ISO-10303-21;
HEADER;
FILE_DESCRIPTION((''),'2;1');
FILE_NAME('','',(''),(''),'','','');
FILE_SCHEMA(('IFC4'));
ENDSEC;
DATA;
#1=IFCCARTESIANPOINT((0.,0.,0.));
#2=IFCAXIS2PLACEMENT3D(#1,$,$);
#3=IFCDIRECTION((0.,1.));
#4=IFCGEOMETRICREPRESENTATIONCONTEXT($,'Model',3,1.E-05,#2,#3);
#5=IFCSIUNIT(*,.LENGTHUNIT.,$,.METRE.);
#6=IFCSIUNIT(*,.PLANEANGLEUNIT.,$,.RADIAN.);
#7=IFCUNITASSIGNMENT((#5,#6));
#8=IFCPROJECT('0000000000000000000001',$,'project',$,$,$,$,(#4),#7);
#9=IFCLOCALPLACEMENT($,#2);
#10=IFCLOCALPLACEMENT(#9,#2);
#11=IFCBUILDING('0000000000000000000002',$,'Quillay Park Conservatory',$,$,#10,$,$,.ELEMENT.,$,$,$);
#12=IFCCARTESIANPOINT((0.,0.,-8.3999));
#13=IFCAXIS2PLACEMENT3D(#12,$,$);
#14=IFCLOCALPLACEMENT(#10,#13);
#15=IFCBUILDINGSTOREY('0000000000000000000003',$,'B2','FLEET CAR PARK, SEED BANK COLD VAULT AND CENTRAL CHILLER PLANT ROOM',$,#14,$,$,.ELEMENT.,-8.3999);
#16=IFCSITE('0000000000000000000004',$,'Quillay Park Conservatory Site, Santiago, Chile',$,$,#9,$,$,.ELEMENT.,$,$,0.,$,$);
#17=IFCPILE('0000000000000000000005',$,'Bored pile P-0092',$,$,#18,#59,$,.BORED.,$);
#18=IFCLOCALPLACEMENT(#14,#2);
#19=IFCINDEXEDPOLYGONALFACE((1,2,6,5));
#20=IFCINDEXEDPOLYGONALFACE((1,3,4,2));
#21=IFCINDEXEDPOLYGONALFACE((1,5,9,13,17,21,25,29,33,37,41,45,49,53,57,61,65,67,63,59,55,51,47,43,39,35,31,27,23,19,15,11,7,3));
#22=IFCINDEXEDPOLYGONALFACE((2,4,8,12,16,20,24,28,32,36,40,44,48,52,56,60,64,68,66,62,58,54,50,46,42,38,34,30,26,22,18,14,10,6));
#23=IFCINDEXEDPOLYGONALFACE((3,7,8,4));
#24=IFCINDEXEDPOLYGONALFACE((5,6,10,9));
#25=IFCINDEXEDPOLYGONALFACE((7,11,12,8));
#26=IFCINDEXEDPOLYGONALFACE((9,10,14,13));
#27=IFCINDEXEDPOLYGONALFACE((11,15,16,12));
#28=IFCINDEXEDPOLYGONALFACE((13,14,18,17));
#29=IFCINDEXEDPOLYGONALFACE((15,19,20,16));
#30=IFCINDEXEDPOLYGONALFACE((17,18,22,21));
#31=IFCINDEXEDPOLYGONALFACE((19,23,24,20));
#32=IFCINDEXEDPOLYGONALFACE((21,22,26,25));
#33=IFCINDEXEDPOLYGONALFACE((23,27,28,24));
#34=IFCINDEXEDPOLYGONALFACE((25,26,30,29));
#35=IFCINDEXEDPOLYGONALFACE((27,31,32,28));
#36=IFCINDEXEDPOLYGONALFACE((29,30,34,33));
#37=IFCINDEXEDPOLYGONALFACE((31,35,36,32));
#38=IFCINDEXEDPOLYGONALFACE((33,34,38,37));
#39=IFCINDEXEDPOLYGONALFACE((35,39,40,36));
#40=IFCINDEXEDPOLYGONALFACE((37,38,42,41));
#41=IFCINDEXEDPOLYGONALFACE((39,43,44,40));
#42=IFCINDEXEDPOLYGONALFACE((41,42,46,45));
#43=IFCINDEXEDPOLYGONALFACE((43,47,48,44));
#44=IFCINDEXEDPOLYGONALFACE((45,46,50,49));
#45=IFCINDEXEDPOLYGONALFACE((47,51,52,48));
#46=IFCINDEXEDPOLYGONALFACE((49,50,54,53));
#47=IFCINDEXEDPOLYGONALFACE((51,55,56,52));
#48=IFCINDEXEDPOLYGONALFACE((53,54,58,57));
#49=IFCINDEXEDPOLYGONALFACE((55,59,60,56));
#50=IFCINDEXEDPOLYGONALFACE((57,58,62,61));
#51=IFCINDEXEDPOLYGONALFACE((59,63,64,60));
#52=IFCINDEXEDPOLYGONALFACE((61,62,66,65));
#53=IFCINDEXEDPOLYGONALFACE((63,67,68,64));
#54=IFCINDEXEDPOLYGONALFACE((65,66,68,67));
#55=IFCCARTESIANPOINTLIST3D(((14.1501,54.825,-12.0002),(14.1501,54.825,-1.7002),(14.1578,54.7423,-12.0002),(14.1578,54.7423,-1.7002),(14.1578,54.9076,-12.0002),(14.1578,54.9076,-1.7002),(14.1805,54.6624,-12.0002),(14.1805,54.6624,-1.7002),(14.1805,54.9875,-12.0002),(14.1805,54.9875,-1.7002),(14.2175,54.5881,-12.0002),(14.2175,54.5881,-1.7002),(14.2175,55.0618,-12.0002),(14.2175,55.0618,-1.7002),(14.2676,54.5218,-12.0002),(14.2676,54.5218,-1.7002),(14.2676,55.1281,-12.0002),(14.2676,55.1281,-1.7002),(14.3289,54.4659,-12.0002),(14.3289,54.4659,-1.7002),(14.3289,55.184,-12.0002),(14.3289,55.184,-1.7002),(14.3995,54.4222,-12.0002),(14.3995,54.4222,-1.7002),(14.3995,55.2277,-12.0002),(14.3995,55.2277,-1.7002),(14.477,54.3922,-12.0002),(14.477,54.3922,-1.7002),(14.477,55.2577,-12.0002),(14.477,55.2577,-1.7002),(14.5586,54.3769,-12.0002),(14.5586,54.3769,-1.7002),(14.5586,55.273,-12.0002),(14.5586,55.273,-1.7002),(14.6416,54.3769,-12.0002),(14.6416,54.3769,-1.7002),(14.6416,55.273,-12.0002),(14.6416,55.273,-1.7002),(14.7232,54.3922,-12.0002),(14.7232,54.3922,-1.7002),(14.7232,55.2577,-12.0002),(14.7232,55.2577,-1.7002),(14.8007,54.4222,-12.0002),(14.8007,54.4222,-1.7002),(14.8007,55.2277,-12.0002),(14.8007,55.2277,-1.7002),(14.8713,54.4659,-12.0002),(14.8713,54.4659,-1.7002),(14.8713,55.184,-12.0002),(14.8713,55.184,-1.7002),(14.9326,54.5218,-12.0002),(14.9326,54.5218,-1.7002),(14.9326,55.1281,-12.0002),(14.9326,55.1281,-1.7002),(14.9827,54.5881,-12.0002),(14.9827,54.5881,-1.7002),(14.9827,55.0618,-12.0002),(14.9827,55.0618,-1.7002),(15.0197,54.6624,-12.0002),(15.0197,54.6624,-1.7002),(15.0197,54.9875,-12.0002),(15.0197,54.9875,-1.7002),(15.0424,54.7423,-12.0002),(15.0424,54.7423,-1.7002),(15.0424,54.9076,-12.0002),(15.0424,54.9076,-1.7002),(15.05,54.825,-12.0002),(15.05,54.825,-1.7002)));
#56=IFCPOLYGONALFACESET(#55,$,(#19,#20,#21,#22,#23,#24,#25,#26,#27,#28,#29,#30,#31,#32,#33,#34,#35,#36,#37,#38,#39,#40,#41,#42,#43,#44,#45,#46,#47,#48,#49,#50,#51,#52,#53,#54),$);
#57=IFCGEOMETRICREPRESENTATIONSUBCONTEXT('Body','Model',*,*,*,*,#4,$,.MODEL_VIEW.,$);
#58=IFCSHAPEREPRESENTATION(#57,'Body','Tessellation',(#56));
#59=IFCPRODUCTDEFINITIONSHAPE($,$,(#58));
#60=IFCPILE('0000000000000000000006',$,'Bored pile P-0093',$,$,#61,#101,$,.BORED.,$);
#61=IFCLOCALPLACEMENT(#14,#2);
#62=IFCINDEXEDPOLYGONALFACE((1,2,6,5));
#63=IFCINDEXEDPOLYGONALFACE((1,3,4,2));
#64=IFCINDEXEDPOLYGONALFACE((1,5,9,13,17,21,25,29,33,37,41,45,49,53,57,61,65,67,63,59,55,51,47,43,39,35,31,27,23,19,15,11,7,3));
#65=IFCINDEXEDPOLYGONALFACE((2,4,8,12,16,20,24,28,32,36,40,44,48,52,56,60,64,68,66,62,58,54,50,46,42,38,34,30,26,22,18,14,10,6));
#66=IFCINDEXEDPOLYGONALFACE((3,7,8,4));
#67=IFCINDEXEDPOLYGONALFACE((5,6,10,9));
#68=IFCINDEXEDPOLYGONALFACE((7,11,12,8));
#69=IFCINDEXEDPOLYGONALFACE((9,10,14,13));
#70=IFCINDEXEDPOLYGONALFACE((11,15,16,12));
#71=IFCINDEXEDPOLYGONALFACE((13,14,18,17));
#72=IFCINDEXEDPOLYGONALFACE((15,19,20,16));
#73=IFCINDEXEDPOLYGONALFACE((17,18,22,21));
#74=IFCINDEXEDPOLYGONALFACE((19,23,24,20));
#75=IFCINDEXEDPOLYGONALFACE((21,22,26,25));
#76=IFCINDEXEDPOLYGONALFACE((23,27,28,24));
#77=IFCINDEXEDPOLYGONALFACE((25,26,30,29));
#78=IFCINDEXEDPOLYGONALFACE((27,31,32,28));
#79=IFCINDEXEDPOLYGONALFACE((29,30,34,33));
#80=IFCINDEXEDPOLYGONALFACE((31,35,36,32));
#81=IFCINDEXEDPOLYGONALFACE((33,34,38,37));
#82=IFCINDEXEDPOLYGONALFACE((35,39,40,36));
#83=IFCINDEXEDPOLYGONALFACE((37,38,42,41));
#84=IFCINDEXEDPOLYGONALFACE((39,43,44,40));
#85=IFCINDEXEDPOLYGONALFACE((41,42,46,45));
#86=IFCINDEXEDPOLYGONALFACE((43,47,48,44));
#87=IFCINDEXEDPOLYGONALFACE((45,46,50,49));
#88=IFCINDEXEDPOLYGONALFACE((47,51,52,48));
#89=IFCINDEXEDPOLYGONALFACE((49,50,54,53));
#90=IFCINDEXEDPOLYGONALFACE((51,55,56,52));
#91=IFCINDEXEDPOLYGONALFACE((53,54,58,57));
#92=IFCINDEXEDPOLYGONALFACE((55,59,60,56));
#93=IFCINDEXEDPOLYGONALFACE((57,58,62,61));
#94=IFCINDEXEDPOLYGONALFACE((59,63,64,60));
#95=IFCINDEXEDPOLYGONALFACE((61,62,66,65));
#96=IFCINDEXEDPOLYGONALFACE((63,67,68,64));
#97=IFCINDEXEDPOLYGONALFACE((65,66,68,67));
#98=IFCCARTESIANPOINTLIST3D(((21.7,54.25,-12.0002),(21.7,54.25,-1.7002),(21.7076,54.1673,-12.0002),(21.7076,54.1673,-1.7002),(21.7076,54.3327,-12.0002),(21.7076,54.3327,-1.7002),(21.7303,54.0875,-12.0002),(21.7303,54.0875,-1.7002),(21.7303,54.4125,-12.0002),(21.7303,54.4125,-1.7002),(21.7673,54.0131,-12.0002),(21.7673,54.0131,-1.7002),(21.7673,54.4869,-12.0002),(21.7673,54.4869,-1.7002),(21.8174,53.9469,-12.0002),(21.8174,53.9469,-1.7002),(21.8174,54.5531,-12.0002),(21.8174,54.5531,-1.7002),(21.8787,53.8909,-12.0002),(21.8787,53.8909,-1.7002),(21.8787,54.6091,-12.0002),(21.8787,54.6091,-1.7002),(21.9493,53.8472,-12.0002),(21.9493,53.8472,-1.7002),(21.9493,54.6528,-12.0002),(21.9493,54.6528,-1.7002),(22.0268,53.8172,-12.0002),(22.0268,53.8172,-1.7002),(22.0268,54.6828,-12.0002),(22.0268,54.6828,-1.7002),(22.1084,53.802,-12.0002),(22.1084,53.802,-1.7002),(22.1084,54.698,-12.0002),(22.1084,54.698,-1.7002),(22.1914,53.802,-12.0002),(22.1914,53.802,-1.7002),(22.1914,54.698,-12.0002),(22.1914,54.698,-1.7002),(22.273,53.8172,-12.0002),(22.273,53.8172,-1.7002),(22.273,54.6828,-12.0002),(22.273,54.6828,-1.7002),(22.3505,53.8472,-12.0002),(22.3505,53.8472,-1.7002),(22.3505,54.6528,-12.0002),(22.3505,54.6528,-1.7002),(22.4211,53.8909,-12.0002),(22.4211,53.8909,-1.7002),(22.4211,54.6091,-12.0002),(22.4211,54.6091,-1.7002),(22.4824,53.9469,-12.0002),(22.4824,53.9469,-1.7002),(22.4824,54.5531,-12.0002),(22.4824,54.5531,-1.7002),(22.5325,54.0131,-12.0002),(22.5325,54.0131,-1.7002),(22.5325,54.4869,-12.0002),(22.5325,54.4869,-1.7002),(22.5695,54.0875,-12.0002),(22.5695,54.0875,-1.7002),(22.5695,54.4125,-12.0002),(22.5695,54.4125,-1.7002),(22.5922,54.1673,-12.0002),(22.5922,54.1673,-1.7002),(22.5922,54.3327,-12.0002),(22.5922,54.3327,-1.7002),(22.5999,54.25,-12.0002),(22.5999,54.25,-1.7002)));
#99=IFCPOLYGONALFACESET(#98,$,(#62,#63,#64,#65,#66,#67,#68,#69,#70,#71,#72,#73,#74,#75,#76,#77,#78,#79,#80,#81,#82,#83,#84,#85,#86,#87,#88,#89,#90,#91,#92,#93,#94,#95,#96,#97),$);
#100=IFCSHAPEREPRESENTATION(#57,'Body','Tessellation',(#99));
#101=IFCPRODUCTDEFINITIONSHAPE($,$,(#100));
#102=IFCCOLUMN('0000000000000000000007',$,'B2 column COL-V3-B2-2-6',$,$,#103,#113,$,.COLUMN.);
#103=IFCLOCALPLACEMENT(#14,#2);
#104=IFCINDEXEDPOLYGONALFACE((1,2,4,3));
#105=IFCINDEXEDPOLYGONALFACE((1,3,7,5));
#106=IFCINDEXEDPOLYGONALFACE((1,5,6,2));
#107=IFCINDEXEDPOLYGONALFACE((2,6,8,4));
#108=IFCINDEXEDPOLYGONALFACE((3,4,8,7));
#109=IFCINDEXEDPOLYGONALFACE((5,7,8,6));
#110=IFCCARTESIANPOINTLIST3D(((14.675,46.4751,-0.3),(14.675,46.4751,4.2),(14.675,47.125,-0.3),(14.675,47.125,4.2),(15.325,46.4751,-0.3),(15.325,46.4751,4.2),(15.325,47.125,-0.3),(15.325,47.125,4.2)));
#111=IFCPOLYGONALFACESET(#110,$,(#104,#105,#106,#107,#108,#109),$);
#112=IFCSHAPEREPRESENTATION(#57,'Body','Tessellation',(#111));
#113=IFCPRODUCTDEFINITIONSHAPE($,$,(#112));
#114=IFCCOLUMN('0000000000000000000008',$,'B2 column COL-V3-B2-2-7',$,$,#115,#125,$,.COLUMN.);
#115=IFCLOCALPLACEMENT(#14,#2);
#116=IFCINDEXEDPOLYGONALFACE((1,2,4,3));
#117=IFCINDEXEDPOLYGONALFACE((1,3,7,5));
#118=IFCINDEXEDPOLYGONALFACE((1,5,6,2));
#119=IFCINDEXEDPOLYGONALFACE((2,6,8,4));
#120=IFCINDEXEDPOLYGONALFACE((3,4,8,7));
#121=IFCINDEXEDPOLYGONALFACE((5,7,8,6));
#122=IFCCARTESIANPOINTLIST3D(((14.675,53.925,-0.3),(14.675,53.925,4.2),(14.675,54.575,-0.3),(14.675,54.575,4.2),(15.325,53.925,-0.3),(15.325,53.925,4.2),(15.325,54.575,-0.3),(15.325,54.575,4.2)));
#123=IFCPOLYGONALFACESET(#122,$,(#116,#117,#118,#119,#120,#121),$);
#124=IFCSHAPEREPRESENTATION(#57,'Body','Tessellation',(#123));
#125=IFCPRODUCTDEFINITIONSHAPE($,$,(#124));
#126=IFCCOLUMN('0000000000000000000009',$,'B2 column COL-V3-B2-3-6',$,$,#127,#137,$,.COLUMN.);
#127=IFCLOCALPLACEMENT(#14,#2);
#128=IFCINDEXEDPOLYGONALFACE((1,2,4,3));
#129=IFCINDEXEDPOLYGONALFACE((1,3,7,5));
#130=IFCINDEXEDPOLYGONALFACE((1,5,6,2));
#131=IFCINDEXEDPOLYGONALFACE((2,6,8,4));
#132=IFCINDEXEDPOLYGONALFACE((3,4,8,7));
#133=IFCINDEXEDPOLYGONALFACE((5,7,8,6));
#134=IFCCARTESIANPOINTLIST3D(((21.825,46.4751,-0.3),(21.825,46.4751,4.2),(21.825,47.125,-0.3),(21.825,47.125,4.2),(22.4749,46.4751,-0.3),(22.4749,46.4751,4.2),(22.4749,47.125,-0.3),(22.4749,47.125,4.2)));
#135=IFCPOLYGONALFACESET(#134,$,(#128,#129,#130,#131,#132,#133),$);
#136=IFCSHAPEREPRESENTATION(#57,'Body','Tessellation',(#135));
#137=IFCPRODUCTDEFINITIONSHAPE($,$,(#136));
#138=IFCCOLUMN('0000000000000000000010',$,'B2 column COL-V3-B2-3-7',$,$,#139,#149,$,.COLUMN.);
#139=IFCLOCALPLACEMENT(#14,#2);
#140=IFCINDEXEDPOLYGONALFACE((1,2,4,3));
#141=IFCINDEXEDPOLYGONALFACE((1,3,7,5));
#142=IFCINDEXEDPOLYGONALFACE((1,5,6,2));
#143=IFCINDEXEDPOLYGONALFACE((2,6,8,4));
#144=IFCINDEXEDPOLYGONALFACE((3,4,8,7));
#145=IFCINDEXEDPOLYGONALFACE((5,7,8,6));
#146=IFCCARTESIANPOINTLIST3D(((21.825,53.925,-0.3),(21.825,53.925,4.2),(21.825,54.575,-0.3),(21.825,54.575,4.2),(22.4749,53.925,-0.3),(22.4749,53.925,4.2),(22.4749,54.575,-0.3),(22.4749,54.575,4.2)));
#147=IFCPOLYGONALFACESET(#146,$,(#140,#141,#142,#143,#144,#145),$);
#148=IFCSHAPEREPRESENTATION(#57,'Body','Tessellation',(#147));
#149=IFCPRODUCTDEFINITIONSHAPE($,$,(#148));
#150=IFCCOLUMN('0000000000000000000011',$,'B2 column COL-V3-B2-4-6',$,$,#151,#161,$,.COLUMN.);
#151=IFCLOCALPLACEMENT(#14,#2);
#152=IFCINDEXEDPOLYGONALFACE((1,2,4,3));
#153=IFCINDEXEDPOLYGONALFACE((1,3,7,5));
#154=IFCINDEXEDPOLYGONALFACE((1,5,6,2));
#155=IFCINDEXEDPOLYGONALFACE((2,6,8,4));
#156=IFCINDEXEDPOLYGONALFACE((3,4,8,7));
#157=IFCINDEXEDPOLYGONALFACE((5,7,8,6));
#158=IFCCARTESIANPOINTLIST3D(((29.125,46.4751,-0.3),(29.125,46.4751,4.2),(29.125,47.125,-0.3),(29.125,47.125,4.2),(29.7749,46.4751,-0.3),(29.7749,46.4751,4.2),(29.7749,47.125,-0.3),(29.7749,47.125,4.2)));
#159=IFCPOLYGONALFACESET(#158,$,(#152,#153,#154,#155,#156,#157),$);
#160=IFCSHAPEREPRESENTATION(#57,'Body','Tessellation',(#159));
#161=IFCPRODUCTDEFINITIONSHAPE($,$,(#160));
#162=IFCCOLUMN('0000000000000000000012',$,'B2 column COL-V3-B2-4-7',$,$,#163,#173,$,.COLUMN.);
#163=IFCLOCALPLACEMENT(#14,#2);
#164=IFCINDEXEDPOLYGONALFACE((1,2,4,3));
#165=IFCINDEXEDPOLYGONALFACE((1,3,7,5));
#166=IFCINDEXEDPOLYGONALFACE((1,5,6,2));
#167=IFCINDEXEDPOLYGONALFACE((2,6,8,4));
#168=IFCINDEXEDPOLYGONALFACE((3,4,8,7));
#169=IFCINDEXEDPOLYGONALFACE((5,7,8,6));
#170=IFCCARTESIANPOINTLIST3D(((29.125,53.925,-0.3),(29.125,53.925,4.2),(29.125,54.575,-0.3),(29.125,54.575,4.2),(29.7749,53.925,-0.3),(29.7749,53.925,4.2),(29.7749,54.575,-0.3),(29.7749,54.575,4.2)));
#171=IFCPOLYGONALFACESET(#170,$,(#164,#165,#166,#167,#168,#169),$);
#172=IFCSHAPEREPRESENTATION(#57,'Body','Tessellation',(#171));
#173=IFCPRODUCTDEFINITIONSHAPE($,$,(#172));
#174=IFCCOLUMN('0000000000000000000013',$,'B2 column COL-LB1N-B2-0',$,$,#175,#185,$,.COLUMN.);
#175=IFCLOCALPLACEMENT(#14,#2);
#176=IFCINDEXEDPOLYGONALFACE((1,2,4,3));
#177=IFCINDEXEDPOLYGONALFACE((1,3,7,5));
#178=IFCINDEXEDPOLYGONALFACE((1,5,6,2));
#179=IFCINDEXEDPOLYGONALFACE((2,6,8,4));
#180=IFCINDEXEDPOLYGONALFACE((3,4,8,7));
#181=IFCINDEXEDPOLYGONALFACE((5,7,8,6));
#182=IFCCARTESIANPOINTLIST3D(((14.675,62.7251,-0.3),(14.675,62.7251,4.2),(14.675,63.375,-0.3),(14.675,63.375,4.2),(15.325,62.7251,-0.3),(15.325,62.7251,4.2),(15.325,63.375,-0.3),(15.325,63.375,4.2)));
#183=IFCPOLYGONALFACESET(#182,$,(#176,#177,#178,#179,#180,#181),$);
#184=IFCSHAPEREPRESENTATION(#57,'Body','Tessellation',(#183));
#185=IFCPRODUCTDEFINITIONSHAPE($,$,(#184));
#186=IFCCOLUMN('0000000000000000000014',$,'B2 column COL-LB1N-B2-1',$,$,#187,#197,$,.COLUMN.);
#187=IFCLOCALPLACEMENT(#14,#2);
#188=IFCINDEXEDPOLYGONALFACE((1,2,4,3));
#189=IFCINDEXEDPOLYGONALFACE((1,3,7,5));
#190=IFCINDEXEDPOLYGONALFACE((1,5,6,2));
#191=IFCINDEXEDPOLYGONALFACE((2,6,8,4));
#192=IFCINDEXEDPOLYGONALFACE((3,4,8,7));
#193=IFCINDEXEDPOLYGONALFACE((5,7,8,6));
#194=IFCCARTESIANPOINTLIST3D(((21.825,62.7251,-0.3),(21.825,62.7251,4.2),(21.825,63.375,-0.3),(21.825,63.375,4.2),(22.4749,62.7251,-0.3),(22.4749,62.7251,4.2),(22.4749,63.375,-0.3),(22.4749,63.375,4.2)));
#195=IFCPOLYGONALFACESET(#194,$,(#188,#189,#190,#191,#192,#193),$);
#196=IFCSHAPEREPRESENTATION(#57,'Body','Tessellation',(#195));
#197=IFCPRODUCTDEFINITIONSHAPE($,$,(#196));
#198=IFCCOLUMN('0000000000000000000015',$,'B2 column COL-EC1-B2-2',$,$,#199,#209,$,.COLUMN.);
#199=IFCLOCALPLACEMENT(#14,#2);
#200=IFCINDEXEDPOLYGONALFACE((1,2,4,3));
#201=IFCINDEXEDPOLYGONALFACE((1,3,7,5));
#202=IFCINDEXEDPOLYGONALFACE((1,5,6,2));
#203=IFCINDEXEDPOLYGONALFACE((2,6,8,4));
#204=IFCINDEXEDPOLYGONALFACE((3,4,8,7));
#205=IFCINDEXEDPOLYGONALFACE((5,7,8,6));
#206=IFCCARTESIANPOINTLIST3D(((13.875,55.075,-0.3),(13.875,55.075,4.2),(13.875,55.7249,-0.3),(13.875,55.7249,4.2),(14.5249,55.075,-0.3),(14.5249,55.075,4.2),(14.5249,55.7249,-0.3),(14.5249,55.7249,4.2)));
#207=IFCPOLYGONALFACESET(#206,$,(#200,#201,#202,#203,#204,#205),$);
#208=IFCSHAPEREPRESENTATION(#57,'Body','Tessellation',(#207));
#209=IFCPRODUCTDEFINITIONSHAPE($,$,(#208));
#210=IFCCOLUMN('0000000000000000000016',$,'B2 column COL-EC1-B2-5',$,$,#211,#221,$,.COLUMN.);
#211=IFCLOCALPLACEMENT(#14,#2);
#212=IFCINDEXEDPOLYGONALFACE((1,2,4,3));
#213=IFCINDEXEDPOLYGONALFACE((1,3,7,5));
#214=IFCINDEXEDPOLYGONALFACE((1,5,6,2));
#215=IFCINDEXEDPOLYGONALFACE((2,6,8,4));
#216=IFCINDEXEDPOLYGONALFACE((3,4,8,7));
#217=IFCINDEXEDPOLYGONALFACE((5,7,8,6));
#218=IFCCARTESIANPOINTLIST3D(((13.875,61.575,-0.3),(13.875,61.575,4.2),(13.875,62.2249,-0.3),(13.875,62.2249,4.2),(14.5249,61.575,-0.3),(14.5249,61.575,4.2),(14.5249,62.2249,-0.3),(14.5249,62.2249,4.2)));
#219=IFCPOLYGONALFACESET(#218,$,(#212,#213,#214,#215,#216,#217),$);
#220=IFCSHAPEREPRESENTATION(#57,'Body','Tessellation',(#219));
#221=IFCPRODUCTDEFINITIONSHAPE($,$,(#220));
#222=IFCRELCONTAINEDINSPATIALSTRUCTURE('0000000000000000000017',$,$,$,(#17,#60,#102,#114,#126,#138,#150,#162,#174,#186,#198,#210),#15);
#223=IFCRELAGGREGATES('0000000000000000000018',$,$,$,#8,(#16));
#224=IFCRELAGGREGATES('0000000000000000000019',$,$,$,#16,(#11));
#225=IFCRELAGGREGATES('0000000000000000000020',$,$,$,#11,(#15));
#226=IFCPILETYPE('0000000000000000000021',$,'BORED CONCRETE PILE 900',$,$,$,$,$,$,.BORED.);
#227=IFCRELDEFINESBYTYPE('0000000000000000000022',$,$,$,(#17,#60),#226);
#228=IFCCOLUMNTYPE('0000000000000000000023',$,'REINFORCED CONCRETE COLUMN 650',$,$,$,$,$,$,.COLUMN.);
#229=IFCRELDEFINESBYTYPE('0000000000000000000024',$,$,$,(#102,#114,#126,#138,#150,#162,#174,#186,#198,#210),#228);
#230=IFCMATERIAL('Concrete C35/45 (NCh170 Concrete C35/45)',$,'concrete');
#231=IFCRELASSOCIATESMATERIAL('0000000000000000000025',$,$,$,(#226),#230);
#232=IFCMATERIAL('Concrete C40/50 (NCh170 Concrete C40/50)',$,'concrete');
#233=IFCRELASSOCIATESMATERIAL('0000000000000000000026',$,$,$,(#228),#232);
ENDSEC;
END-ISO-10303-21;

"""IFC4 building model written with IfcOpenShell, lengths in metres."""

from ifc_helpers import new_model, si_unit, direction, frame, origin, origin_2d, place, context, subcontext, project, spatial, rectangle, circle, extrude, material, material_profile, profile_set, type_object, element, save


model = new_model("IFC4")

# Units and contexts
model_context = context("Model", 3, precision=1e-05, world=origin(), true_north=direction((0.0, 1.0)))
body_context = subcontext(model_context, "Body", "Model", "MODEL_VIEW")
ifc_project = project(units=[si_unit("LENGTHUNIT", "METRE"), si_unit("PLANEANGLEUNIT", "RADIAN")], contexts=[model_context])

# Site, building, storey
site_placement = place(None, origin())
site = spatial("IfcSite", under=ifc_project, at=site_placement, Name="Quillay Park Conservatory Site, Santiago, Chile", CompositionType="ELEMENT", RefElevation=0.0)
building_placement = place(site_placement, origin())
building = spatial("IfcBuilding", under=site, at=building_placement, Name="Quillay Park Conservatory", CompositionType="ELEMENT")
storey_placement = place(building_placement, frame((0.0, 0.0, -8.3999)))
storey = spatial("IfcBuildingStorey", under=building, at=storey_placement, Name="B2", Description="FLEET CAR PARK, SEED BANK COLD VAULT AND CENTRAL CHILLER PLANT ROOM", CompositionType="ELEMENT", Elevation=-8.3999)

# Piles
ifc_material_1 = material(Name="Concrete C35/45 (NCh170 Concrete C35/45)", Category="concrete")
ifc_material_profile_1 = material_profile(ifc_material_1, circle(Radius=0.45, at=origin_2d()), Name="PILE900")
ifc_profile_set_1 = profile_set([ifc_material_profile_1], Name="Concrete C35/45 (NCh170 Concrete C35/45)")
pile_type_1 = type_object("IfcPileType", Name="BORED CONCRETE PILE 900", PredefinedType="BORED", material=ifc_profile_set_1)
for number, where, z_axis, x_axis, name in (
    (1, (14.6001, 54.825, -1.7002), (0.0, 0.0, -1.0), (1.0, 0.0, 0.0), "Bored pile P-0092"),
    (2, (22.1499, 54.25, -1.7002), (0.0, 0.0, -1.0), (1.0, 0.0, 0.0), "Bored pile P-0093"),
):
    element("IfcPile", number, at=place(storey_placement, frame(where, z_axis=z_axis, x_axis=x_axis)), inside=storey, type_object=pile_type_1, Name=name, PredefinedType="BORED", context=body_context, shape_type="SweptSolid", body=[
        extrude(circle(Radius=0.45, at=origin_2d()), origin(), (0.0, 0.0, 1.0), 10.3),
    ])

# Columns
ifc_material_2 = material(Name="Concrete C40/50 (NCh170 Concrete C40/50)", Category="concrete")
ifc_material_profile_2 = material_profile(ifc_material_2, rectangle(XDim=0.6499, YDim=0.6499, at=origin_2d()), Name="RC650x650")
ifc_profile_set_2 = profile_set([ifc_material_profile_2], Name="Concrete C40/50 (NCh170 Concrete C40/50)")
column_type_1 = type_object("IfcColumnType", Name="REINFORCED CONCRETE COLUMN 650", PredefinedType="COLUMN", material=ifc_profile_set_2)
for number, where, z_axis, x_axis, name in (
    (3, (15.0, 46.8, -0.3), (0.0, 0.0, 1.0), (1.0, 0.0, 0.0), "B2 column COL-V3-B2-2-6"),
    (4, (15.0, 54.25, -0.3), (0.0, 0.0, 1.0), (1.0, 0.0, 0.0), "B2 column COL-V3-B2-2-7"),
    (5, (22.1499, 46.8, -0.3), (0.0, 0.0, 1.0), (1.0, 0.0, 0.0), "B2 column COL-V3-B2-3-6"),
    (6, (22.1499, 54.25, -0.3), (0.0, 0.0, 1.0), (1.0, 0.0, 0.0), "B2 column COL-V3-B2-3-7"),
    (7, (29.45, 46.8, -0.3), (0.0, 0.0, 1.0), (1.0, 0.0, 0.0), "B2 column COL-V3-B2-4-6"),
    (8, (29.45, 54.25, -0.3), (0.0, 0.0, 1.0), (1.0, 0.0, 0.0), "B2 column COL-V3-B2-4-7"),
    (9, (15.0, 63.05, -0.3), (0.0, 0.0, 1.0), (1.0, 0.0, 0.0), "B2 column COL-LB1N-B2-0"),
    (10, (22.1499, 63.05, -0.3), (0.0, 0.0, 1.0), (1.0, 0.0, 0.0), "B2 column COL-LB1N-B2-1"),
    (11, (14.2, 55.3999, -0.3), (0.0, 0.0, 1.0), (1.0, 0.0, 0.0), "B2 column COL-EC1-B2-2"),
    (12, (14.2, 61.8999, -0.3), (0.0, 0.0, 1.0), (1.0, 0.0, 0.0), "B2 column COL-EC1-B2-5"),
):
    element("IfcColumn", number, at=place(storey_placement, frame(where, z_axis=z_axis, x_axis=x_axis)), inside=storey, type_object=column_type_1, Name=name, PredefinedType="COLUMN", context=body_context, shape_type="SweptSolid", body=[
        extrude(rectangle(XDim=0.6499, YDim=0.6499, at=origin_2d()), origin(), (0.0, 0.0, 1.0), 4.5),
    ])

save(model, "model.ifc")
